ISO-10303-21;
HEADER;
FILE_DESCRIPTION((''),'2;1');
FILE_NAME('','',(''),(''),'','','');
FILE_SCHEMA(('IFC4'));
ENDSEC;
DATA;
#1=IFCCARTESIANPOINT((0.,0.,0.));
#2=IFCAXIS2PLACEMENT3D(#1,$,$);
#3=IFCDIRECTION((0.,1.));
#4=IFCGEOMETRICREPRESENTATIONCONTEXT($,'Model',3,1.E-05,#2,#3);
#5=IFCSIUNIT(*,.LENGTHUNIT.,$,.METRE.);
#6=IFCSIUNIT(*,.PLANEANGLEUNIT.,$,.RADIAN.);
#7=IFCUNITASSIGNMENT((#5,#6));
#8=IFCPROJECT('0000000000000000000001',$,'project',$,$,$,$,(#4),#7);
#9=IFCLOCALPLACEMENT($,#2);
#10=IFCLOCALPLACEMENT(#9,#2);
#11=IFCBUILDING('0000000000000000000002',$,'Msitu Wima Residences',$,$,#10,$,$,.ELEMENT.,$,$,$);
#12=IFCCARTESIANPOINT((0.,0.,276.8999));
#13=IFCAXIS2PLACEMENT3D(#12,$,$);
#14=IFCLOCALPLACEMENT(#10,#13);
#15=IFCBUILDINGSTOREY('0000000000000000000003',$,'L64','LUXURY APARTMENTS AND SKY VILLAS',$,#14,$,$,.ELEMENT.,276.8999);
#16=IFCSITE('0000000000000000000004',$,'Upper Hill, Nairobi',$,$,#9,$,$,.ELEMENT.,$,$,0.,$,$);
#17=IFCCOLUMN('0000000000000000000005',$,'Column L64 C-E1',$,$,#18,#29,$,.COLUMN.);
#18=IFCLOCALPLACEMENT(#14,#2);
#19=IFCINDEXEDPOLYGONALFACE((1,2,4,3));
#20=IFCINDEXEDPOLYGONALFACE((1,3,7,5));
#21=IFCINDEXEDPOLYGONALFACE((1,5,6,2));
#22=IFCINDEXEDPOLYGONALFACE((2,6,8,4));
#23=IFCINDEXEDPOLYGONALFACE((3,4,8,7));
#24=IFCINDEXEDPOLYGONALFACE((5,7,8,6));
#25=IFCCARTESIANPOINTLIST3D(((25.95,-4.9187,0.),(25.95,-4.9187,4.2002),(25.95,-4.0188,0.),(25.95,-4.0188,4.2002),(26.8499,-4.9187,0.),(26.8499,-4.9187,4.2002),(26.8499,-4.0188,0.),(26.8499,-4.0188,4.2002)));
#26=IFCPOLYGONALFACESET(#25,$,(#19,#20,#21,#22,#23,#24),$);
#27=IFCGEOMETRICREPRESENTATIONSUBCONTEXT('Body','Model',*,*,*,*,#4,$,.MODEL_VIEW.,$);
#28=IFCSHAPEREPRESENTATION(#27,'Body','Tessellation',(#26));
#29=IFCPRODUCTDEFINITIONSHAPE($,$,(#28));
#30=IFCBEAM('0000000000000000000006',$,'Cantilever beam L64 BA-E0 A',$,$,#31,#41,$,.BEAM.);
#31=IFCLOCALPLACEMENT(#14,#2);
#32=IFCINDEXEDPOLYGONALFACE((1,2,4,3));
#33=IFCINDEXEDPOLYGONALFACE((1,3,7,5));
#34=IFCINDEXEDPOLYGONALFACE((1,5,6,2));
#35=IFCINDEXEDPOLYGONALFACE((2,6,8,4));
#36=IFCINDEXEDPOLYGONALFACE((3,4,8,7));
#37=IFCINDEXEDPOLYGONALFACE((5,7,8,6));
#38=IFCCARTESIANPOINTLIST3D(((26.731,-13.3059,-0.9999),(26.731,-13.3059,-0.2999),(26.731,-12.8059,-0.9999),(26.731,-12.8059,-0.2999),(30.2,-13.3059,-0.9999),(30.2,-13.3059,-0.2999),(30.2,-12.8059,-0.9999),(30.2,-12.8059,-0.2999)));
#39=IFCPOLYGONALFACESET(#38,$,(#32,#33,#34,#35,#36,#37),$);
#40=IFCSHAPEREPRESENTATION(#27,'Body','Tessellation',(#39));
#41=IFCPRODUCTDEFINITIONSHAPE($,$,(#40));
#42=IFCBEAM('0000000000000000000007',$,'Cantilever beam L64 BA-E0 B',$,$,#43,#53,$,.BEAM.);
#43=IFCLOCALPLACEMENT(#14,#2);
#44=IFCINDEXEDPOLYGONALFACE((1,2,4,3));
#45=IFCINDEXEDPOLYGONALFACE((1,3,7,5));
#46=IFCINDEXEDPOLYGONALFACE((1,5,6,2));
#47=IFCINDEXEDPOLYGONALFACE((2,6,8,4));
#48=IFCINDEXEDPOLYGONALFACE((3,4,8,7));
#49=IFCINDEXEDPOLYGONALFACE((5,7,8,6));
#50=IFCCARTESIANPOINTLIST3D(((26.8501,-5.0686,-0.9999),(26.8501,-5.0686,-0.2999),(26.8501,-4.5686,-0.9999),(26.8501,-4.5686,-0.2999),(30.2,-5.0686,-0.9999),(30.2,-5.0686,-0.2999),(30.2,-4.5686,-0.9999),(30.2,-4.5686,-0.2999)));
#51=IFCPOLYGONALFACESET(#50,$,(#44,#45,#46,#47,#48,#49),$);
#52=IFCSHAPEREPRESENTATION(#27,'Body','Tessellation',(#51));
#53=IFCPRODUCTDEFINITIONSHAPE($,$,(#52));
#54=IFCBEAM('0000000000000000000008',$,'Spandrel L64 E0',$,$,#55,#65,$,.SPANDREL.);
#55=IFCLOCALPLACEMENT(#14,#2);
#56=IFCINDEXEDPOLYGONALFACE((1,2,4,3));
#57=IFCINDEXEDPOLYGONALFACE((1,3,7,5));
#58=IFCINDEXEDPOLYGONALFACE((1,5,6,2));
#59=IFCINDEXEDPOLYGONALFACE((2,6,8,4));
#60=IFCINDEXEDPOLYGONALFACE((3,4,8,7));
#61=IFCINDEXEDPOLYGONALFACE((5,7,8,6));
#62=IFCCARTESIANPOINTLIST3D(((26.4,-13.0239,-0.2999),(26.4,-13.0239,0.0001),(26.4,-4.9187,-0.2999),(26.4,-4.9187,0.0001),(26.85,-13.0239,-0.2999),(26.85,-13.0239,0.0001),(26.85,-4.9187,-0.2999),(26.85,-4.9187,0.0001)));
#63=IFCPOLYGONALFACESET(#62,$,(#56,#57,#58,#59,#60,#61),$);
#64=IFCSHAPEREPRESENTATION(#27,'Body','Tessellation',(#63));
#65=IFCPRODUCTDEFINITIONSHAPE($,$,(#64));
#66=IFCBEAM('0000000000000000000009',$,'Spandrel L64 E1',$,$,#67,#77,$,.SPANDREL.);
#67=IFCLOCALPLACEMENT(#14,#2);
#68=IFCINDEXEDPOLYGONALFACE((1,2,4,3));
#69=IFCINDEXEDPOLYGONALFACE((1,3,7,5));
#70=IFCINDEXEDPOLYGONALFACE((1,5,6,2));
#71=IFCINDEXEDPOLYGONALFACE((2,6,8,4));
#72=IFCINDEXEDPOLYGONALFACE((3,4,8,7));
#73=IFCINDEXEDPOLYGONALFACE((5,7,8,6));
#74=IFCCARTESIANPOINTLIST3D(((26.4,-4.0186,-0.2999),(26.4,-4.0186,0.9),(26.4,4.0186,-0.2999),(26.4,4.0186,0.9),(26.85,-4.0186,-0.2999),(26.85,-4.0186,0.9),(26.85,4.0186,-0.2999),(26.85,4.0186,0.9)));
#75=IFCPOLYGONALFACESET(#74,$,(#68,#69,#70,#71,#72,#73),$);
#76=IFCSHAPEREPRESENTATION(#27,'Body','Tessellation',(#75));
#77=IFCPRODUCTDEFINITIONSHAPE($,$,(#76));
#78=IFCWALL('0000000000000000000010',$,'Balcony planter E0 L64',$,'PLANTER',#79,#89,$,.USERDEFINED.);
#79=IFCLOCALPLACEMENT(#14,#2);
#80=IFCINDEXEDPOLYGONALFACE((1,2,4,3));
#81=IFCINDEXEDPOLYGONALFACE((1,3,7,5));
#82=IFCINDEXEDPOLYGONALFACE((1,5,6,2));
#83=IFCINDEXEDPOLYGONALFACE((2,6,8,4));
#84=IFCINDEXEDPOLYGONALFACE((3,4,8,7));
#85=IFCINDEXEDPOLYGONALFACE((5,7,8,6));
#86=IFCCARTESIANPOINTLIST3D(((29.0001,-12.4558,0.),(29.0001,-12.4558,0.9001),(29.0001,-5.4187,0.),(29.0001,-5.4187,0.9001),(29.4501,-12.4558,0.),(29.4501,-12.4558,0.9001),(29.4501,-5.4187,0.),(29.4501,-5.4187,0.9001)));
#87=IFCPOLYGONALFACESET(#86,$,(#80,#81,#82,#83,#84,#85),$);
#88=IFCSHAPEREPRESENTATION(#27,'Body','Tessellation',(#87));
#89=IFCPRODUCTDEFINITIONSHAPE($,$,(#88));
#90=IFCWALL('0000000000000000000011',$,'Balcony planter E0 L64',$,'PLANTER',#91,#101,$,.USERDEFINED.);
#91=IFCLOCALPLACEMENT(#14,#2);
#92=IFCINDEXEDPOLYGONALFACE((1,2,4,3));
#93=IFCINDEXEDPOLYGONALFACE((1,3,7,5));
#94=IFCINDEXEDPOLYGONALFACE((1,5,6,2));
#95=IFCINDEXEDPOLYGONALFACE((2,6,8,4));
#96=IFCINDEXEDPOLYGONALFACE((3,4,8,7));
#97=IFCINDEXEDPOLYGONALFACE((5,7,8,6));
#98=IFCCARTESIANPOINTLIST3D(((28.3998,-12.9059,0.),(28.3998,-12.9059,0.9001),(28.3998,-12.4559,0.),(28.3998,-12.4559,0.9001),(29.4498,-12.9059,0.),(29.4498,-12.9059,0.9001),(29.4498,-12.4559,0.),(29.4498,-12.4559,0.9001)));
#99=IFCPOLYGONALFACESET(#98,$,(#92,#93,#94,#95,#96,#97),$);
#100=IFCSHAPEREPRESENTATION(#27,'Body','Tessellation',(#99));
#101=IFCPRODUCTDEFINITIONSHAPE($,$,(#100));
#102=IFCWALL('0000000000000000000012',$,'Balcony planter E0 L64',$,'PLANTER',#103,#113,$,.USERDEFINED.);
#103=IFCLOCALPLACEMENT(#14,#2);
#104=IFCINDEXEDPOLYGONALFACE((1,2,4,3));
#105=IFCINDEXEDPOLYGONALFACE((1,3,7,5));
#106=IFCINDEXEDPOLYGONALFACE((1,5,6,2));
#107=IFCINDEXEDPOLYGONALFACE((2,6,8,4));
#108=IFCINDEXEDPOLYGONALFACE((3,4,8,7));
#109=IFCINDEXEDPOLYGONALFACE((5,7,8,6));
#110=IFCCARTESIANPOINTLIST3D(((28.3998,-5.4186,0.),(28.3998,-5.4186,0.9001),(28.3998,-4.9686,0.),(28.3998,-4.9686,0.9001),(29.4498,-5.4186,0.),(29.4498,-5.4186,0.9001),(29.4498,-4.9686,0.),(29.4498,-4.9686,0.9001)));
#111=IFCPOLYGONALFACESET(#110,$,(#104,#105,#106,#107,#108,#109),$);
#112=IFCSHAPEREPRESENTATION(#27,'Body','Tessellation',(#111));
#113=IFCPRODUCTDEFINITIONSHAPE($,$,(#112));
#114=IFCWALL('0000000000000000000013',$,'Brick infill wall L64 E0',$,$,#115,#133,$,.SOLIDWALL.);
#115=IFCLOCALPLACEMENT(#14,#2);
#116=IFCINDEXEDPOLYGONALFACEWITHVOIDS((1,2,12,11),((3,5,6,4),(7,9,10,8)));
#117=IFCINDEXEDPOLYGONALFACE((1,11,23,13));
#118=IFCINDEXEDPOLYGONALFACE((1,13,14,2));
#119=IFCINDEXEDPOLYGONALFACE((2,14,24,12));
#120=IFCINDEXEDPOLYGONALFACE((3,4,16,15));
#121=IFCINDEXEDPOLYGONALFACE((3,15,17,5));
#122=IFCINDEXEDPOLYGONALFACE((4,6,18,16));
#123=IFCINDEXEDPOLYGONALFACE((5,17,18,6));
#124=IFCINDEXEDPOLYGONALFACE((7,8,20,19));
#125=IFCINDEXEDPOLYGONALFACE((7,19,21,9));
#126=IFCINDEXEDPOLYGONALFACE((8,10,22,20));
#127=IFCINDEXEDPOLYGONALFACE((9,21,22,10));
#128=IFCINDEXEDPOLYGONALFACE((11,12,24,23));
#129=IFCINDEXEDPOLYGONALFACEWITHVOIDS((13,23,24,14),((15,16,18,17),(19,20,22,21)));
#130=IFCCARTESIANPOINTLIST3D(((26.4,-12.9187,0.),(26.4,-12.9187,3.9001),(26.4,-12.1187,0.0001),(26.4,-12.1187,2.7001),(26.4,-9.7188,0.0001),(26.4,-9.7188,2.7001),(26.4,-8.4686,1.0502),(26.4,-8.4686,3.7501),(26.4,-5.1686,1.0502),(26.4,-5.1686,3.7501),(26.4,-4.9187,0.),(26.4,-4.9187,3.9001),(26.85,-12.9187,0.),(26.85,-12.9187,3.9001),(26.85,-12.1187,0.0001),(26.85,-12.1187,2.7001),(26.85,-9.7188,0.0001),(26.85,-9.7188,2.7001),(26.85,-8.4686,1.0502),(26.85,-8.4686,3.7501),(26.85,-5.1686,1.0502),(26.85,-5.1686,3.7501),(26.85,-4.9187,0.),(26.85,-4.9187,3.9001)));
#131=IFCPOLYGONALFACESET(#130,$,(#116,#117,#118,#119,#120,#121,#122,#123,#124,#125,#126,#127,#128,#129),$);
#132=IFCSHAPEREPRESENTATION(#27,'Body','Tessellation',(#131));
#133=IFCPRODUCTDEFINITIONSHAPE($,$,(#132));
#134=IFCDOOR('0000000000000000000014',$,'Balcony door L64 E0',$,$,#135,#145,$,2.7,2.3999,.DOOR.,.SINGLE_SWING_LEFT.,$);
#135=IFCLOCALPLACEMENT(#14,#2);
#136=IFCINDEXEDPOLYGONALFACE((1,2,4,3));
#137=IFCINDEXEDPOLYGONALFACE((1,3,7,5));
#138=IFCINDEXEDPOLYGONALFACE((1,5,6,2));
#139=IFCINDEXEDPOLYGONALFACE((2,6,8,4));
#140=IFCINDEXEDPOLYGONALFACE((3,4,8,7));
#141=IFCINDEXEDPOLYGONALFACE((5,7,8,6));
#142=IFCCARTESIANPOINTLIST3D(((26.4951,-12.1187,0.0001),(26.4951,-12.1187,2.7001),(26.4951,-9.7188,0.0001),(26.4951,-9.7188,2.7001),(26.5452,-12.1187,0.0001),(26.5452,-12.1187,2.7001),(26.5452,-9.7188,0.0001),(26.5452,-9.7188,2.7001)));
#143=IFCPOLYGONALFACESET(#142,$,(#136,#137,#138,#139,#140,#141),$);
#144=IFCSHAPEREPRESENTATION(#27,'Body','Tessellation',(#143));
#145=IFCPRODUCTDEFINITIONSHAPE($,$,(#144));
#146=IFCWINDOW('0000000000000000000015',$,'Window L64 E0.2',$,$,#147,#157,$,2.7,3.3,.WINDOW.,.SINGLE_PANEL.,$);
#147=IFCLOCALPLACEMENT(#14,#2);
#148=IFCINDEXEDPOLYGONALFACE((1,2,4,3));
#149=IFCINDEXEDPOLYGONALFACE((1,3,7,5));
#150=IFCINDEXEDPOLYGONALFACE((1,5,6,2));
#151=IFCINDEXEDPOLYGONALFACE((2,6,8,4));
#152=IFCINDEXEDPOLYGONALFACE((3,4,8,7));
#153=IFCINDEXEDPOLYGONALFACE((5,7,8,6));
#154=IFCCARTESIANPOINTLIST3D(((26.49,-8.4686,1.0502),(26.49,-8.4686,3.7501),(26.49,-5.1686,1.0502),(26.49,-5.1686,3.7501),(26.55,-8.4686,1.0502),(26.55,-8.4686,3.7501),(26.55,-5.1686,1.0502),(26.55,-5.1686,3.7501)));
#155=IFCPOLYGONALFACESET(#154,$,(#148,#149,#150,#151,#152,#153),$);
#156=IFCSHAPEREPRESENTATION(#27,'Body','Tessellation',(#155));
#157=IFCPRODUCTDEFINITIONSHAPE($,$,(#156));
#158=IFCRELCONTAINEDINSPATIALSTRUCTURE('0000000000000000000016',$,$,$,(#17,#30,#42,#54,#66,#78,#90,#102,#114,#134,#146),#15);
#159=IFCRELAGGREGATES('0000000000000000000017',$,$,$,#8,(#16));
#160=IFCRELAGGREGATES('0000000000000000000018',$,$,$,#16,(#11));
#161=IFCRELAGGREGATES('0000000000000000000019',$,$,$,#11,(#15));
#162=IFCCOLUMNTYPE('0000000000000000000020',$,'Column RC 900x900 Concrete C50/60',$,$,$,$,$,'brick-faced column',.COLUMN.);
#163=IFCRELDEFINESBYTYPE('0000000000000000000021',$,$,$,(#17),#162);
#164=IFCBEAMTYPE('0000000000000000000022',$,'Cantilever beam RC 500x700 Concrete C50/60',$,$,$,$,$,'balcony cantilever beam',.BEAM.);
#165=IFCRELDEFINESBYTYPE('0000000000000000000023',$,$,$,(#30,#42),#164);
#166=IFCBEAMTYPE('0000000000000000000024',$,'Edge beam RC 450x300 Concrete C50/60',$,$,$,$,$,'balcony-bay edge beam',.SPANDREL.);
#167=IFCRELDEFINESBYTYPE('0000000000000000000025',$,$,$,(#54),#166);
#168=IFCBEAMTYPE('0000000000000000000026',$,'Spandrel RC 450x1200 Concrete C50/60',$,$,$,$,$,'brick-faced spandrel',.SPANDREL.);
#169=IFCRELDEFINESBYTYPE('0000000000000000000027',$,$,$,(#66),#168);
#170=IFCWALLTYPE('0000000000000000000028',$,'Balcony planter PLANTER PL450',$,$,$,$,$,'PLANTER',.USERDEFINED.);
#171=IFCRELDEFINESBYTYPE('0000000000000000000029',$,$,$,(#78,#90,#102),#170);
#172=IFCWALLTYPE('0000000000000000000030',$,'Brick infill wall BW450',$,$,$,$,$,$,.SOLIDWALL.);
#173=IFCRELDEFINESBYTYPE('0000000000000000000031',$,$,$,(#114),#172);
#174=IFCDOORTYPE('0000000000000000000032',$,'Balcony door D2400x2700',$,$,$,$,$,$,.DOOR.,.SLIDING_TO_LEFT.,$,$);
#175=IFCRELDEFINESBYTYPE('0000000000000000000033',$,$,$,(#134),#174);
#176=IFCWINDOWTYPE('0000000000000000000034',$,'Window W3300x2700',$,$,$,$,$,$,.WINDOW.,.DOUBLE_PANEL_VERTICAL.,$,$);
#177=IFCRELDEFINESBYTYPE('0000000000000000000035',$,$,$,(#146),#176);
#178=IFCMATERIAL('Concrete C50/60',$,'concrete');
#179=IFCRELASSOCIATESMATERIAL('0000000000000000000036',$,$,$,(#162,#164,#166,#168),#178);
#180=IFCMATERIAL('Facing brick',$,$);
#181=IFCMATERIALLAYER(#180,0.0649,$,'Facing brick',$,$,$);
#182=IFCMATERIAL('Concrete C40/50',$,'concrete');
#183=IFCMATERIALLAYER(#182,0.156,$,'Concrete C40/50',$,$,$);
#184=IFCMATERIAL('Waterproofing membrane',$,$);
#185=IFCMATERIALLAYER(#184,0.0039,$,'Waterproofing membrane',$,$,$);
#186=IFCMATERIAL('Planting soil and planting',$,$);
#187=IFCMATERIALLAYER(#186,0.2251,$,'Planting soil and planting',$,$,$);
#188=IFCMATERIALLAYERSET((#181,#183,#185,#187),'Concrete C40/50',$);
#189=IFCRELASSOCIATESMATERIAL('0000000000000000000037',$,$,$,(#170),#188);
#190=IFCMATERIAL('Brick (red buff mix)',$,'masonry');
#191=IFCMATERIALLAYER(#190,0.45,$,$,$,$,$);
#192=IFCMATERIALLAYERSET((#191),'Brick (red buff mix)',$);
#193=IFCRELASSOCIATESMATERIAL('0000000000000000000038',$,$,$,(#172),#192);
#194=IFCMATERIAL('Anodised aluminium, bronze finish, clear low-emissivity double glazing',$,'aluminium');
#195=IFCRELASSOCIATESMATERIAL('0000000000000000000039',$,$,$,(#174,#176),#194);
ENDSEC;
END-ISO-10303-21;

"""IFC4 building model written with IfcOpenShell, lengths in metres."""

from ifc_helpers import new_model, si_unit, direction, frame, frame_2d, origin, origin_2d, place, context, subcontext, project, spatial, rectangle, extrude, material, layer, layer_set, material_profile, profile_set, type_object, element, fill, save


model = new_model("IFC4")

# Units and contexts
model_context = context("Model", 3, precision=1e-05, world=origin(), true_north=direction((0.0, 1.0)))
body_context = subcontext(model_context, "Body", "Model", "MODEL_VIEW")
ifc_project = project(units=[si_unit("LENGTHUNIT", "METRE"), si_unit("PLANEANGLEUNIT", "RADIAN")], contexts=[model_context])

# Site, building, storey
site_placement = place(None, origin())
site = spatial("IfcSite", under=ifc_project, at=site_placement, Name="Upper Hill, Nairobi", CompositionType="ELEMENT", RefElevation=0.0)
building_placement = place(site_placement, origin())
building = spatial("IfcBuilding", under=site, at=building_placement, Name="Msitu Wima Residences", CompositionType="ELEMENT")
storey_placement = place(building_placement, frame((0.0, 0.0, 276.8999)))
storey = spatial("IfcBuildingStorey", under=building, at=storey_placement, Name="L64", Description="LUXURY APARTMENTS AND SKY VILLAS", CompositionType="ELEMENT", Elevation=276.8999)

# Column
ifc_material_1 = material(Name="Concrete C50/60", Category="concrete")
ifc_material_profile_1 = material_profile(ifc_material_1, rectangle(XDim=0.8999, YDim=0.8999, at=origin_2d()), Name="RC 900x900")
ifc_profile_set_1 = profile_set([ifc_material_profile_1], Name="Concrete C50/60")
column_type = type_object("IfcColumnType", Name="Column RC 900x900 Concrete C50/60", ElementType="brick-faced column", PredefinedType="COLUMN", material=ifc_profile_set_1)
column_placement = place(storey_placement, frame((26.3999, -4.4688, 0.0), z_axis=(0.0, 0.0, 1.0), x_axis=(0.0, 1.0, 0.0)))
element("IfcColumn", 1, at=column_placement, inside=storey, type_object=column_type, Name="Column L64 C-E1", PredefinedType="COLUMN", context=body_context, shape_type="SweptSolid", body=[
    extrude(rectangle(XDim=0.8999, YDim=0.8999, at=origin_2d()), origin(), (0.0, 0.0, 1.0), 4.2002),
])

# Beams
ifc_material_profile_2 = material_profile(ifc_material_1, rectangle(XDim=0.5, YDim=0.7, at=origin_2d()), Name="RC 500x700")
ifc_profile_set_2 = profile_set([ifc_material_profile_2], Name="Concrete C50/60")
beam_type_1 = type_object("IfcBeamType", Name="Cantilever beam RC 500x700 Concrete C50/60", ElementType="balcony cantilever beam", PredefinedType="BEAM", material=ifc_profile_set_2)
beam_1_placement = place(storey_placement, frame((26.731, -13.0559, -0.6499), z_axis=(1.0, 0.0, 0.0), x_axis=(0.0, 1.0, 0.0)))
element("IfcBeam", 2, at=beam_1_placement, inside=storey, type_object=beam_type_1, Name="Cantilever beam L64 BA-E0 A", PredefinedType="BEAM", context=body_context, shape_type="SweptSolid", body=[
    extrude(rectangle(XDim=0.5, YDim=0.7, at=origin_2d()), origin(), (0.0, 0.0, 1.0), 3.469),
])
beam_2_placement = place(storey_placement, frame((26.8501, -4.8186, -0.6499), z_axis=(1.0, 0.0, 0.0), x_axis=(0.0, 1.0, 0.0)))
element("IfcBeam", 3, at=beam_2_placement, inside=storey, type_object=beam_type_1, Name="Cantilever beam L64 BA-E0 B", PredefinedType="BEAM", context=body_context, shape_type="SweptSolid", body=[
    extrude(rectangle(XDim=0.5, YDim=0.7, at=origin_2d()), origin(), (0.0, 0.0, 1.0), 3.3499),
])
ifc_material_profile_3 = material_profile(ifc_material_1, rectangle(XDim=0.45, YDim=0.3, at=origin_2d()), Name="RC 450x300")
ifc_profile_set_3 = profile_set([ifc_material_profile_3], Name="Concrete C50/60")
beam_type_2 = type_object("IfcBeamType", Name="Edge beam RC 450x300 Concrete C50/60", ElementType="balcony-bay edge beam", PredefinedType="SPANDREL", material=ifc_profile_set_3)
beam_3_placement = place(storey_placement, frame((26.625, -13.0239, -0.1499), z_axis=(0.0, 1.0, 0.0), x_axis=(-1.0, 0.0, 0.0)))
element("IfcBeam", 4, at=beam_3_placement, inside=storey, type_object=beam_type_2, Name="Spandrel L64 E0", PredefinedType="SPANDREL", context=body_context, shape_type="SweptSolid", body=[
    extrude(rectangle(XDim=0.45, YDim=0.3, at=origin_2d()), origin(), (0.0, 0.0, 1.0), 8.1052),
])
ifc_material_profile_4 = material_profile(ifc_material_1, rectangle(XDim=0.45, YDim=1.2, at=origin_2d()), Name="RC 450x1200")
ifc_profile_set_4 = profile_set([ifc_material_profile_4], Name="Concrete C50/60")
beam_type_3 = type_object("IfcBeamType", Name="Spandrel RC 450x1200 Concrete C50/60", ElementType="brick-faced spandrel", PredefinedType="SPANDREL", material=ifc_profile_set_4)
beam_4_placement = place(storey_placement, frame((26.625, -4.0186, 0.3), z_axis=(0.0, 1.0, 0.0), x_axis=(-1.0, 0.0, 0.0)))
element("IfcBeam", 5, at=beam_4_placement, inside=storey, type_object=beam_type_3, Name="Spandrel L64 E1", PredefinedType="SPANDREL", context=body_context, shape_type="SweptSolid", body=[
    extrude(rectangle(XDim=0.45, YDim=1.2, at=origin_2d()), origin(), (0.0, 0.0, 1.0), 8.0371),
])

# Walls
ifc_material_2 = material(Name="Facing brick")
ifc_layer_1 = layer(ifc_material_2, 0.0649, Name="Facing brick")
ifc_material_3 = material(Name="Concrete C40/50", Category="concrete")
ifc_layer_2 = layer(ifc_material_3, 0.156, Name="Concrete C40/50")
ifc_material_4 = material(Name="Waterproofing membrane")
ifc_layer_3 = layer(ifc_material_4, 0.0039, Name="Waterproofing membrane")
ifc_material_5 = material(Name="Planting soil and planting")
ifc_layer_4 = layer(ifc_material_5, 0.2251, Name="Planting soil and planting")
ifc_layer_set_1 = layer_set([ifc_layer_1, ifc_layer_2, ifc_layer_3, ifc_layer_4], Name="Concrete C40/50")
wall_type_1 = type_object("IfcWallType", Name="Balcony planter PLANTER PL450", ElementType="PLANTER", PredefinedType="USERDEFINED", material=ifc_layer_set_1)
wall_1_placement = place(storey_placement, frame((29.2251, -12.4558, 0.0), z_axis=(0.0, 0.0, 1.0), x_axis=(0.0, 1.0, 0.0)))
element("IfcWall", 6, at=wall_1_placement, inside=storey, type_object=wall_type_1, Name="Balcony planter E0 L64", ObjectType="PLANTER", PredefinedType="USERDEFINED", context=body_context, shape_type="SweptSolid", body=[
    extrude(rectangle(XDim=7.0371, YDim=0.45, at=frame_2d((3.5186, 0.0))), origin(), (0.0, 0.0, 1.0), 0.9001),
])
for number, where, z_axis, x_axis, name in (
    (7, (28.3999, -12.6809, 0.0), (0.0, 0.0, 1.0), (1.0, 0.0, 0.0), "Balcony planter E0 L64"),
    (8, (28.3999, -5.1936, 0.0), (0.0, 0.0, 1.0), (1.0, 0.0, 0.0), "Balcony planter E0 L64"),
):
    element("IfcWall", number, at=place(storey_placement, frame(where, z_axis=z_axis, x_axis=x_axis)), inside=storey, type_object=wall_type_1, Name=name, ObjectType="PLANTER", PredefinedType="USERDEFINED", context=body_context, shape_type="SweptSolid", body=[
        extrude(rectangle(XDim=1.05, YDim=0.45, at=frame_2d((0.5249, 0.0))), origin(), (0.0, 0.0, 1.0), 0.9001),
    ])

# Wall, openings, door, window
ifc_material_6 = material(Name="Brick (red buff mix)", Category="masonry")
ifc_layer_5 = layer(ifc_material_6, 0.45)
ifc_layer_set_2 = layer_set([ifc_layer_5], Name="Brick (red buff mix)")
wall_type_2 = type_object("IfcWallType", Name="Brick infill wall BW450", PredefinedType="SOLIDWALL", material=ifc_layer_set_2)
wall_2_placement = place(storey_placement, frame((26.625, -12.9187, 0.0), z_axis=(0.0, 0.0, 1.0), x_axis=(0.0, 1.0, 0.0)))
wall_2 = element("IfcWall", 9, at=wall_2_placement, inside=storey, type_object=wall_type_2, Name="Brick infill wall L64 E0", PredefinedType="SOLIDWALL", context=body_context, shape_type="SweptSolid", body=[
    extrude(rectangle(XDim=8.0, YDim=0.45, at=frame_2d((4.0, 0.0))), origin(), (0.0, 0.0, 1.0), 3.9001),
])
opening_1_placement = place(wall_2_placement, frame((0.8, 0.0, 0.0)))
opening_1 = element("IfcOpeningElement", 10, at=opening_1_placement, cuts=wall_2, PredefinedType="OPENING", context=body_context, shape_type="SweptSolid", body=[
    extrude(rectangle(XDim=2.3999, YDim=2.7, at=frame_2d((1.2, 1.3501))), frame((0.0, 0.2349, 0.0), z_axis=(0.0, -1.0, 0.0), x_axis=(1.0, 0.0, 0.0)), (0.0, 0.0, 1.0), 0.47),
])
opening_2_placement = place(wall_2_placement, frame((4.4502, 0.0, 1.05)))
opening_2 = element("IfcOpeningElement", 11, at=opening_2_placement, cuts=wall_2, PredefinedType="OPENING", context=body_context, shape_type="SweptSolid", body=[
    extrude(rectangle(XDim=3.3, YDim=2.7, at=frame_2d((1.6499, 1.3501))), frame((0.0, 0.2349, 0.0), z_axis=(0.0, -1.0, 0.0), x_axis=(1.0, 0.0, 0.0)), (0.0, 0.0, 1.0), 0.47),
])
ifc_material_7 = material(Name="Anodised aluminium, bronze finish, clear low-emissivity double glazing", Category="aluminium")
door_type = type_object("IfcDoorType", Name="Balcony door D2400x2700", OperationType="SLIDING_TO_LEFT", PredefinedType="DOOR", material=ifc_material_7)
door_placement = place(opening_1_placement, origin())
door = element("IfcDoor", 12, at=door_placement, inside=storey, type_object=door_type, Name="Balcony door L64 E0", OperationType="SINGLE_SWING_LEFT", OverallHeight=2.7, OverallWidth=2.3999, PredefinedType="DOOR", context=body_context, shape_type="SweptSolid", body=[
    extrude(rectangle(XDim=2.3999, YDim=2.7, at=frame_2d((1.2, 1.3501))), frame((0.0, 0.1299, 0.0), z_axis=(0.0, -1.0, 0.0), x_axis=(1.0, 0.0, 0.0)), (0.0, 0.0, 1.0), 0.05),
])
fill(opening_1, door)
window_type = type_object("IfcWindowType", Name="Window W3300x2700", PartitioningType="DOUBLE_PANEL_VERTICAL", PredefinedType="WINDOW", material=ifc_material_7)
window_1_placement = place(opening_2_placement, origin())
window_1 = element("IfcWindow", 13, at=window_1_placement, inside=storey, type_object=window_type, Name="Window L64 E0.2", OverallHeight=2.7, OverallWidth=3.3, PartitioningType="SINGLE_PANEL", PredefinedType="WINDOW", context=body_context, shape_type="SweptSolid", body=[
    extrude(rectangle(XDim=3.3, YDim=2.7, at=frame_2d((1.6499, 1.3501))), frame((0.0, 0.135, 0.0), z_axis=(0.0, -1.0, 0.0), x_axis=(1.0, 0.0, 0.0)), (0.0, 0.0, 1.0), 0.0601),
])
fill(opening_2, window_1)

save(model, "model.ifc")
